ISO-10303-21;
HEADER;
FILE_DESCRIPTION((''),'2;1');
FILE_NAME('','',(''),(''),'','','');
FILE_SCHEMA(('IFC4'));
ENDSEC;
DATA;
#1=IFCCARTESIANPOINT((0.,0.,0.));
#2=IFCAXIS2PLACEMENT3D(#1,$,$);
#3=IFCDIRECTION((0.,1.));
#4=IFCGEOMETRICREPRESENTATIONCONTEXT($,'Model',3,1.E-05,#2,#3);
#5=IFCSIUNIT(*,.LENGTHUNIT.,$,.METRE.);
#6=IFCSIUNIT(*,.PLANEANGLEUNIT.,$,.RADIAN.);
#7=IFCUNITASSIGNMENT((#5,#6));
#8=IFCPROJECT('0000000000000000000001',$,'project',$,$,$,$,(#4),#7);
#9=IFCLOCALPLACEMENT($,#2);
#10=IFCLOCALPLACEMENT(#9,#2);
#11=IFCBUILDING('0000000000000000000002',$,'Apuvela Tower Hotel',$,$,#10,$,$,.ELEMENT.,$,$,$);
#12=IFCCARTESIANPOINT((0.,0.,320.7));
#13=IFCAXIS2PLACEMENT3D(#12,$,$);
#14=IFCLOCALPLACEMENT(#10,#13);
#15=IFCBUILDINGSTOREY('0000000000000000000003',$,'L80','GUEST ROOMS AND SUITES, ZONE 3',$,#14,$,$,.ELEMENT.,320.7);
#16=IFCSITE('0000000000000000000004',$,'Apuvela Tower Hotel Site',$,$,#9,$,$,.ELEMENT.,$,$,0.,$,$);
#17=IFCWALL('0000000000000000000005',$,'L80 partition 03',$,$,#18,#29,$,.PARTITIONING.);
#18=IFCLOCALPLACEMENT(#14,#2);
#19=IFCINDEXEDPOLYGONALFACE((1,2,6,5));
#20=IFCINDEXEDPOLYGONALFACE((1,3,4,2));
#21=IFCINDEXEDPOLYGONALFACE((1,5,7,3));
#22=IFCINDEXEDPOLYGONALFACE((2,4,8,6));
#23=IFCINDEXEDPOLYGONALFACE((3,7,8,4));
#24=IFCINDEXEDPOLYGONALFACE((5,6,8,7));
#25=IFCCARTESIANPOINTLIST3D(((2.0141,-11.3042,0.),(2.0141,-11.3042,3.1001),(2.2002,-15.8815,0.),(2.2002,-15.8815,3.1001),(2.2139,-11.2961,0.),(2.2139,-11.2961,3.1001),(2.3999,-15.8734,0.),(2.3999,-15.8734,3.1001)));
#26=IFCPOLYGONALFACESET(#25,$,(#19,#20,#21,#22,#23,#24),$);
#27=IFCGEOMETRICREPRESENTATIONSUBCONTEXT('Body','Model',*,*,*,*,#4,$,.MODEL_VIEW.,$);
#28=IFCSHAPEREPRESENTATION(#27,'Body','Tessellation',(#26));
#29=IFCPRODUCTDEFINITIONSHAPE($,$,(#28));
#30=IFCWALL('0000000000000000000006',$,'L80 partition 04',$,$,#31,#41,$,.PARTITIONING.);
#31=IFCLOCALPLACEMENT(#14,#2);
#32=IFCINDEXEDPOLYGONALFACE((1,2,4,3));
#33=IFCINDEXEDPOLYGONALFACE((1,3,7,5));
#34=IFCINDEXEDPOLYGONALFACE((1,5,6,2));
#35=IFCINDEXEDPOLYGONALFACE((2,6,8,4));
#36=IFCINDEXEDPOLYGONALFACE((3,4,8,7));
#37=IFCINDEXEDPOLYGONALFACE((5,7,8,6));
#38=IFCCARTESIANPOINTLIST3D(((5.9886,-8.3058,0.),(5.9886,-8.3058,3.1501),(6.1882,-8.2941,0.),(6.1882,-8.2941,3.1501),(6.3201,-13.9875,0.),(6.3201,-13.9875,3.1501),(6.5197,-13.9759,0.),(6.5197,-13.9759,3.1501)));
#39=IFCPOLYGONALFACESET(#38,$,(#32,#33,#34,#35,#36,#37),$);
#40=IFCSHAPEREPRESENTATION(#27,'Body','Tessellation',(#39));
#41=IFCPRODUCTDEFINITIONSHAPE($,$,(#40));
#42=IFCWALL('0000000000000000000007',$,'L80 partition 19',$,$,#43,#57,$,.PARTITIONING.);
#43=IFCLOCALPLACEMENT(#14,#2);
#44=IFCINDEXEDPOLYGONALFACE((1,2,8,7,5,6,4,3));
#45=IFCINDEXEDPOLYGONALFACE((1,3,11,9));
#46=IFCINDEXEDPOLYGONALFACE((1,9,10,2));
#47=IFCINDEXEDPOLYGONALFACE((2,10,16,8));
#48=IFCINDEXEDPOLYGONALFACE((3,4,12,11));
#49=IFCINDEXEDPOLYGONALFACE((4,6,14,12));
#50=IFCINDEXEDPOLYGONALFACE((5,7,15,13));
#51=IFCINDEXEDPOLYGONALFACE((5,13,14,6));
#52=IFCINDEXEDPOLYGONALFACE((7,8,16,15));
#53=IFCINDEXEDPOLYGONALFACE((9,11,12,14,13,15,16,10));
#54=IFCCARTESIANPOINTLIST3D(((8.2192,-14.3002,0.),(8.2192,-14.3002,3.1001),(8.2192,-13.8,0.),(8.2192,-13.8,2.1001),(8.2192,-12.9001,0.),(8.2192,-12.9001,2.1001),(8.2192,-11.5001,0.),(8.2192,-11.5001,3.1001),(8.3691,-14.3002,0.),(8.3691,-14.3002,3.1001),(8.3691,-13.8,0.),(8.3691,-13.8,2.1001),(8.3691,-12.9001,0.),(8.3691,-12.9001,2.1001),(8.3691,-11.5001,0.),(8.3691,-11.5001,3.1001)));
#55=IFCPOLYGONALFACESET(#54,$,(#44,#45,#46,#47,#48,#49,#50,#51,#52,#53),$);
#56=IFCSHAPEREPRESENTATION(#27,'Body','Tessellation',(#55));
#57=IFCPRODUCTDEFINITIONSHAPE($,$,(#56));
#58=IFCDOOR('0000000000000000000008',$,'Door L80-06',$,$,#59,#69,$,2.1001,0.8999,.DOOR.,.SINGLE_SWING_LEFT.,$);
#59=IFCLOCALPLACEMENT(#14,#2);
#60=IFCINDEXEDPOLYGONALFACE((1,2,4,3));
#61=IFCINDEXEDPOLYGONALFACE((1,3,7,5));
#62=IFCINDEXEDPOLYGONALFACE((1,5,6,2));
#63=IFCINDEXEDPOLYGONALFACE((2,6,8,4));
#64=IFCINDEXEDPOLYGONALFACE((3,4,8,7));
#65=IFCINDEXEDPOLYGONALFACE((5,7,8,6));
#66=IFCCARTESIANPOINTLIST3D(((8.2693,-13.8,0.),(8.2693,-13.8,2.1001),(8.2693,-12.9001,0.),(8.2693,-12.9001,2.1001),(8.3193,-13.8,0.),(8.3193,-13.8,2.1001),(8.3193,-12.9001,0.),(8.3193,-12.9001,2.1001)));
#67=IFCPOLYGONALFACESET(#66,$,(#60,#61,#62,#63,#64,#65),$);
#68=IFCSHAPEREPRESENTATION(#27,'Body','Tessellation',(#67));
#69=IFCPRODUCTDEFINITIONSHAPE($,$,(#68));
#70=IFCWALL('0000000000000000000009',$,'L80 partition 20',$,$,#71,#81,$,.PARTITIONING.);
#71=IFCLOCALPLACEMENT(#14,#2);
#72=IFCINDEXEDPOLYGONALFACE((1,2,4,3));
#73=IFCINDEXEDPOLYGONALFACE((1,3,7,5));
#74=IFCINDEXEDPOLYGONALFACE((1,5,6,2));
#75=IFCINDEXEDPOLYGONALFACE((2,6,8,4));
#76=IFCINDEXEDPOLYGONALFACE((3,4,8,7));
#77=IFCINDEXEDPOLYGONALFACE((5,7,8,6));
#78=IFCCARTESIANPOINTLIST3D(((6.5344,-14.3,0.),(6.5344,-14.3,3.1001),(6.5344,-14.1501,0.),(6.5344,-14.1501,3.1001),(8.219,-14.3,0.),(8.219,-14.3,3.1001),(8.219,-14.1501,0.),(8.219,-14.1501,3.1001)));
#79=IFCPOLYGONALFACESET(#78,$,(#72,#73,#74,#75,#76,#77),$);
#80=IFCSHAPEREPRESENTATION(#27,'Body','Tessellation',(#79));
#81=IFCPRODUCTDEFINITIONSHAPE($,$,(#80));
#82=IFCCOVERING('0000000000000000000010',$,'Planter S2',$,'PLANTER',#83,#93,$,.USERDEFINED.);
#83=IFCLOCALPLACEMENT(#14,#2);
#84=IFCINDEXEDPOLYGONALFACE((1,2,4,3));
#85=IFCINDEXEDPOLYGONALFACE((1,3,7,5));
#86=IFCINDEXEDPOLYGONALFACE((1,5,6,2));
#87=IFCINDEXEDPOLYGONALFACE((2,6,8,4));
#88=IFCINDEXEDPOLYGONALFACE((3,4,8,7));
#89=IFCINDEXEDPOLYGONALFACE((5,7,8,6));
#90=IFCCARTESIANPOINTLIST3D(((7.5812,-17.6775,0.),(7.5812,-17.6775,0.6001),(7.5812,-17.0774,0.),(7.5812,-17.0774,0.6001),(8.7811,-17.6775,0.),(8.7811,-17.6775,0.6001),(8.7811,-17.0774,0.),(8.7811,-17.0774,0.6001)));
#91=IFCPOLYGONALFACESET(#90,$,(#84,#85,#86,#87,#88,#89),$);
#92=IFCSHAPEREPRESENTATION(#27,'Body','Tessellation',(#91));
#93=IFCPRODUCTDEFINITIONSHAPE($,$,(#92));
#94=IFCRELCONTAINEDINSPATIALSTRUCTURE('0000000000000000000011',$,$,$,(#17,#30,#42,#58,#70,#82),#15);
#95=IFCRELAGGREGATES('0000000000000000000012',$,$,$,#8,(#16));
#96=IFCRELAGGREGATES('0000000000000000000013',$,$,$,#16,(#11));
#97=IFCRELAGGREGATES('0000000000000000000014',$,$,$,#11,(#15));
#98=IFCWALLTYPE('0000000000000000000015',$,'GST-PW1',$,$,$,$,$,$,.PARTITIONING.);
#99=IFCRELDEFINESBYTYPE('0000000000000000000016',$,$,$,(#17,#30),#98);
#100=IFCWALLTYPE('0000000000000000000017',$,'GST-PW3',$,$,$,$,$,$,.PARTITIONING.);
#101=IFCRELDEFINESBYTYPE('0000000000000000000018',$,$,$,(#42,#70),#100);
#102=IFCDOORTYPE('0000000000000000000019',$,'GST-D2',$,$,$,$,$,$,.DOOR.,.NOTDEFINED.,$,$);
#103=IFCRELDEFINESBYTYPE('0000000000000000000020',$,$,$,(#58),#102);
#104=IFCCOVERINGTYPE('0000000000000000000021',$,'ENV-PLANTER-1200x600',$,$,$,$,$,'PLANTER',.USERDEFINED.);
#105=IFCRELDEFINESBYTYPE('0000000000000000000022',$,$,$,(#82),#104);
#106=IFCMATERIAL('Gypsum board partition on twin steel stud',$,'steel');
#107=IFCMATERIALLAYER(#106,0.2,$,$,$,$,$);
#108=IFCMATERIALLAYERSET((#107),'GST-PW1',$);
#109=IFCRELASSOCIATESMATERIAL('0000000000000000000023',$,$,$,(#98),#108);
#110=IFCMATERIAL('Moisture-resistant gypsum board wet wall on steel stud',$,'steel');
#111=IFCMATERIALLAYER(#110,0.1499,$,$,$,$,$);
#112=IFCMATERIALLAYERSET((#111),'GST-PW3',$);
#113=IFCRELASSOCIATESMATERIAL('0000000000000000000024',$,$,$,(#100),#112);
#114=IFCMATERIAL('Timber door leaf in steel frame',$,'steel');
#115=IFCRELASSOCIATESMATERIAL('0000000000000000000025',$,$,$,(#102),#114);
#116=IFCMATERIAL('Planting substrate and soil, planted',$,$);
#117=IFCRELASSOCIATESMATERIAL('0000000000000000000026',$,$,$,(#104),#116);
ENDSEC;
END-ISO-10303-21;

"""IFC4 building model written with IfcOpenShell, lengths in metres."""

from ifc_helpers import new_model, si_unit, direction, frame, frame_2d, origin, origin_2d, place, context, subcontext, project, spatial, rectangle, extrude, material, layer, layer_set, type_object, element, fill, save


model = new_model("IFC4")

# Units and contexts
model_context = context("Model", 3, precision=1e-05, world=origin(), true_north=direction((0.0, 1.0)))
body_context = subcontext(model_context, "Body", "Model", "MODEL_VIEW")
ifc_project = project(units=[si_unit("LENGTHUNIT", "METRE"), si_unit("PLANEANGLEUNIT", "RADIAN")], contexts=[model_context])

# Site, building, storey
site_placement = place(None, origin())
site = spatial("IfcSite", under=ifc_project, at=site_placement, Name="Apuvela Tower Hotel Site", CompositionType="ELEMENT", RefElevation=0.0)
building_placement = place(site_placement, origin())
building = spatial("IfcBuilding", under=site, at=building_placement, Name="Apuvela Tower Hotel", CompositionType="ELEMENT")
storey_placement = place(building_placement, frame((0.0, 0.0, 320.7)))
storey = spatial("IfcBuildingStorey", under=building, at=storey_placement, Name="L80", Description="GUEST ROOMS AND SUITES, ZONE 3", CompositionType="ELEMENT", Elevation=320.7)

# Walls
ifc_material_1 = material(Name="Gypsum board partition on twin steel stud", Category="steel")
ifc_layer_1 = layer(ifc_material_1, 0.2)
ifc_layer_set_1 = layer_set([ifc_layer_1], Name="GST-PW1")
wall_type_1 = type_object("IfcWallType", Name="GST-PW1", PredefinedType="PARTITIONING", material=ifc_layer_set_1)
wall_1_placement = place(storey_placement, frame((2.3, -15.8774, 0.0), z_axis=(0.0, 0.0, 1.0), x_axis=(-0.040609, 0.999175, 0.0)))
element("IfcWall", 1, at=wall_1_placement, inside=storey, type_object=wall_type_1, Name="L80 partition 03", PredefinedType="PARTITIONING", context=body_context, shape_type="SweptSolid", body=[
    extrude(rectangle(XDim=4.5811, YDim=0.2, at=frame_2d((2.2905, 0.0))), origin(), (0.0, 0.0, 1.0), 3.1001),
])
wall_2_placement = place(storey_placement, frame((6.4199, -13.9817, 0.0), z_axis=(0.0, 0.0, 1.0), x_axis=(-0.058254, 0.998302, 0.0)))
element("IfcWall", 2, at=wall_2_placement, inside=storey, type_object=wall_type_1, Name="L80 partition 04", PredefinedType="PARTITIONING", context=body_context, shape_type="SweptSolid", body=[
    extrude(rectangle(XDim=5.6914, YDim=0.2, at=frame_2d((2.8457, 0.0))), origin(), (0.0, 0.0, 1.0), 3.1501),
])

# Wall, opening, door
ifc_material_2 = material(Name="Moisture-resistant gypsum board wet wall on steel stud", Category="steel")
ifc_layer_2 = layer(ifc_material_2, 0.1499)
ifc_layer_set_2 = layer_set([ifc_layer_2], Name="GST-PW3")
wall_type_2 = type_object("IfcWallType", Name="GST-PW3", PredefinedType="PARTITIONING", material=ifc_layer_set_2)
wall_3_placement = place(storey_placement, frame((8.2942, -14.3, 0.0), z_axis=(0.0, 0.0, 1.0), x_axis=(0.0, 1.0, 0.0)))
wall_3 = element("IfcWall", 3, at=wall_3_placement, inside=storey, type_object=wall_type_2, Name="L80 partition 19", PredefinedType="PARTITIONING", context=body_context, shape_type="SweptSolid", body=[
    extrude(rectangle(XDim=2.8, YDim=0.1499, at=frame_2d((1.3999, 0.0))), origin(), (0.0, 0.0, 1.0), 3.1001),
])
opening_1_placement = place(wall_3_placement, frame((0.5, 0.0, 0.0)))
opening_1 = element("IfcOpeningElement", 4, at=opening_1_placement, cuts=wall_3, PredefinedType="OPENING", context=body_context, shape_type="SweptSolid", body=[
    extrude(rectangle(XDim=0.8999, YDim=2.1001, at=frame_2d((0.45, 1.05))), frame((0.0, 0.085, 0.0), z_axis=(0.0, -1.0, 0.0), x_axis=(1.0, 0.0, 0.0)), (0.0, 0.0, 1.0), 0.1699),
])
ifc_material_3 = material(Name="Timber door leaf in steel frame", Category="steel")
door_type_1 = type_object("IfcDoorType", Name="GST-D2", OperationType="NOTDEFINED", PredefinedType="DOOR", material=ifc_material_3)
door_1_placement = place(opening_1_placement, origin())
door_1 = element("IfcDoor", 5, at=door_1_placement, inside=storey, type_object=door_type_1, Name="Door L80-06", OperationType="SINGLE_SWING_LEFT", OverallHeight=2.1001, OverallWidth=0.8999, PredefinedType="DOOR", context=body_context, shape_type="SweptSolid", body=[
    extrude(rectangle(XDim=0.8999, YDim=2.1001, at=frame_2d((0.45, 1.05))), frame((0.0, 0.0249, 0.0), z_axis=(0.0, -1.0, 0.0), x_axis=(1.0, 0.0, 0.0)), (0.0, 0.0, 1.0), 0.05),
])
fill(opening_1, door_1)

# Wall
wall_4_placement = place(storey_placement, frame((6.5344, -14.2251, 0.0), z_axis=(0.0, 0.0, 1.0), x_axis=(1.0, 0.0, 0.0)))
element("IfcWall", 6, at=wall_4_placement, inside=storey, type_object=wall_type_2, Name="L80 partition 20", PredefinedType="PARTITIONING", context=body_context, shape_type="SweptSolid", body=[
    extrude(rectangle(XDim=1.6846, YDim=0.1499, at=frame_2d((0.8423, 0.0))), origin(), (0.0, 0.0, 1.0), 3.1001),
])

# Covering
ifc_material_4 = material(Name="Planting substrate and soil, planted")
covering_type = type_object("IfcCoveringType", Name="ENV-PLANTER-1200x600", ElementType="PLANTER", PredefinedType="USERDEFINED", material=ifc_material_4)
covering_placement = place(storey_placement, frame((8.1812, -17.3774, 0.0), z_axis=(0.0, 0.0, 1.0), x_axis=(1.0, 0.0, 0.0)))
element("IfcCovering", 7, at=covering_placement, inside=storey, type_object=covering_type, Name="Planter S2", ObjectType="PLANTER", PredefinedType="USERDEFINED", context=body_context, shape_type="SweptSolid", body=[
    extrude(rectangle(XDim=1.2, YDim=0.6001, at=origin_2d()), origin(), (0.0, 0.0, 1.0), 0.6001),
])

save(model, "model.ifc")
